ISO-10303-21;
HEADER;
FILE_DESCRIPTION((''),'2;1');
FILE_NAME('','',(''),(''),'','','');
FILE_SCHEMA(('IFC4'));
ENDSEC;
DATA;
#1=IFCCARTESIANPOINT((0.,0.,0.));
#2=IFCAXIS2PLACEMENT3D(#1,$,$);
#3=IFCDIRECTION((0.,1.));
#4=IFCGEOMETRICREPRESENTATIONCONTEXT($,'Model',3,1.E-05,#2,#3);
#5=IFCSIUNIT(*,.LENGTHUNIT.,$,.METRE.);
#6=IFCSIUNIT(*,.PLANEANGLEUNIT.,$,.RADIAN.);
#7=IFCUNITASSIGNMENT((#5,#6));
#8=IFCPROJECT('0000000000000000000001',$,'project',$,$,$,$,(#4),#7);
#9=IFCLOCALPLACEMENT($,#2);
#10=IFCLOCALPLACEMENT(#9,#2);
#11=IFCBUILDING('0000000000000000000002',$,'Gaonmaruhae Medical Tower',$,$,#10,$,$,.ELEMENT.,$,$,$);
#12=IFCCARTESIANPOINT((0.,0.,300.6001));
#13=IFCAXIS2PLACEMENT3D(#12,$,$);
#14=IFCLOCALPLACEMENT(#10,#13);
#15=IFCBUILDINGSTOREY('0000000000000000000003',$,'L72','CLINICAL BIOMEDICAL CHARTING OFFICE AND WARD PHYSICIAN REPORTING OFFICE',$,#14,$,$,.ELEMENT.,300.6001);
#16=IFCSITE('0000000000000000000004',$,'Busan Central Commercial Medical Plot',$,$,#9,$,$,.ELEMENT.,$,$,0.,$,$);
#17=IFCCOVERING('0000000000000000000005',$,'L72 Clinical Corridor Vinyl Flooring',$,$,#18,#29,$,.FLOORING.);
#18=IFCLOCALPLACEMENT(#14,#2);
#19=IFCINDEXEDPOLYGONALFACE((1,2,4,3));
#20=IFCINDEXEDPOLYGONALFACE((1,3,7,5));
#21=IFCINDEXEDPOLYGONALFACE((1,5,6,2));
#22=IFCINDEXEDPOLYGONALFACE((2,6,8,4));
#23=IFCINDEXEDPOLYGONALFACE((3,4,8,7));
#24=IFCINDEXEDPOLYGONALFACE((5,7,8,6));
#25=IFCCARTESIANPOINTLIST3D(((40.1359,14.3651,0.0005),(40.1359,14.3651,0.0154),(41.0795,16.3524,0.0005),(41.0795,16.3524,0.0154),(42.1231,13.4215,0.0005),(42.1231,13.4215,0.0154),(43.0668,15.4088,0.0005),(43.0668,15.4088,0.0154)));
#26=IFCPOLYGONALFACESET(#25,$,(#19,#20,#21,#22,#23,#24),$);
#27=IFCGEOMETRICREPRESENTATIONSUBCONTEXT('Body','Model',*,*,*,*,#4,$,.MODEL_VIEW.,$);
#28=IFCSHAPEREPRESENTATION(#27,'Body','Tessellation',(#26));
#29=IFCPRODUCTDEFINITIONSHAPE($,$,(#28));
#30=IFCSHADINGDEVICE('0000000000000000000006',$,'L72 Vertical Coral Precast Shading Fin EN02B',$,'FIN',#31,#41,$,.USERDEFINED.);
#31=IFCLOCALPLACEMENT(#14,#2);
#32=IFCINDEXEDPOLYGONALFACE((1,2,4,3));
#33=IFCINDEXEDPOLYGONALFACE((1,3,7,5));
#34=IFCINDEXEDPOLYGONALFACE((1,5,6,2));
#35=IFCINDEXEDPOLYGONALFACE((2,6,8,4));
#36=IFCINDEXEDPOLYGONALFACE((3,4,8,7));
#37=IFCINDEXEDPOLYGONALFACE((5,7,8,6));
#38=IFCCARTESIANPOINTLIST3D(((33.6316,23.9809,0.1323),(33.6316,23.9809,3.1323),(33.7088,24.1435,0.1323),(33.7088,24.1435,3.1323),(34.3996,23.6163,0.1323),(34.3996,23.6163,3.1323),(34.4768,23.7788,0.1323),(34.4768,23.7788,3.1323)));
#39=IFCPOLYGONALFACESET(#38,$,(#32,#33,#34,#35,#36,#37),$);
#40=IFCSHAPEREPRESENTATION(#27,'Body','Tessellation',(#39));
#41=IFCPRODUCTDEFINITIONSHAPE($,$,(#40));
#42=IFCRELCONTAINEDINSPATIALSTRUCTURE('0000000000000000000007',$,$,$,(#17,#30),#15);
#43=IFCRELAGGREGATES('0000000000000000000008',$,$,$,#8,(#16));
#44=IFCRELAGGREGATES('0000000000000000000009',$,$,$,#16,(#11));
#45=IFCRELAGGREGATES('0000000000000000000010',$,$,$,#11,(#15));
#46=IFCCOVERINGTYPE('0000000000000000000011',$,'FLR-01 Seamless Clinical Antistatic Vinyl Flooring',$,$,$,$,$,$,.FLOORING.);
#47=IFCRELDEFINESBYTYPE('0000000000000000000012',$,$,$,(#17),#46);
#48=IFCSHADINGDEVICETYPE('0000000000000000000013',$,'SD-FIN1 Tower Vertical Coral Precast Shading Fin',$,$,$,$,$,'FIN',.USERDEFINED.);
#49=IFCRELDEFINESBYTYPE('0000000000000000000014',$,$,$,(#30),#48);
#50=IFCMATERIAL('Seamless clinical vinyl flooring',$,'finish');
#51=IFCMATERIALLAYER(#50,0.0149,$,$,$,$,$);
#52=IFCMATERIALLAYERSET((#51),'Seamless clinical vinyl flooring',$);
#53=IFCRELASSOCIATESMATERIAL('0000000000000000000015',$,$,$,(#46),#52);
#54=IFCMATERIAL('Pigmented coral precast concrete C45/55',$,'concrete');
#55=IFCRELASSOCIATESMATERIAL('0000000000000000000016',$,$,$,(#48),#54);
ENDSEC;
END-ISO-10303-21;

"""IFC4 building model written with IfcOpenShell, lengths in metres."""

from ifc_helpers import new_model, si_unit, direction, frame, origin, origin_2d, place, context, subcontext, project, spatial, rectangle, extrude, material, layer, layer_set, type_object, element, save


model = new_model("IFC4")

# Units and contexts
model_context = context("Model", 3, precision=1e-05, world=origin(), true_north=direction((0.0, 1.0)))
body_context = subcontext(model_context, "Body", "Model", "MODEL_VIEW")
ifc_project = project(units=[si_unit("LENGTHUNIT", "METRE"), si_unit("PLANEANGLEUNIT", "RADIAN")], contexts=[model_context])

# Site, building, storey
site_placement = place(None, origin())
site = spatial("IfcSite", under=ifc_project, at=site_placement, Name="Busan Central Commercial Medical Plot", CompositionType="ELEMENT", RefElevation=0.0)
building_placement = place(site_placement, origin())
building = spatial("IfcBuilding", under=site, at=building_placement, Name="Gaonmaruhae Medical Tower", CompositionType="ELEMENT")
storey_placement = place(building_placement, frame((0.0, 0.0, 300.6001)))
storey = spatial("IfcBuildingStorey", under=building, at=storey_placement, Name="L72", Description="CLINICAL BIOMEDICAL CHARTING OFFICE AND WARD PHYSICIAN REPORTING OFFICE", CompositionType="ELEMENT", Elevation=300.6001)

# Covering
ifc_material_1 = material(Name="Seamless clinical vinyl flooring", Category="finish")
ifc_layer_1 = layer(ifc_material_1, 0.0149)
ifc_layer_set_1 = layer_set([ifc_layer_1], Name="Seamless clinical vinyl flooring")
covering_type = type_object("IfcCoveringType", Name="FLR-01 Seamless Clinical Antistatic Vinyl Flooring", PredefinedType="FLOORING", material=ifc_layer_set_1)
covering_placement = place(storey_placement, frame((41.6013, 14.887, 0.0005), z_axis=(0.0, 0.0, 1.0), x_axis=(0.428935, 0.903335, 0.0)))
element("IfcCovering", 1, at=covering_placement, inside=storey, type_object=covering_type, Name="L72 Clinical Corridor Vinyl Flooring", PredefinedType="FLOORING", context=body_context, shape_type="SweptSolid", body=[
    extrude(rectangle(XDim=2.2, YDim=2.2, at=origin_2d()), origin(), (0.0, 0.0, 1.0), 0.0149),
])

# Shading device
ifc_material_2 = material(Name="Pigmented coral precast concrete C45/55", Category="concrete")
shading_device_type = type_object("IfcShadingDeviceType", Name="SD-FIN1 Tower Vertical Coral Precast Shading Fin", ElementType="FIN", PredefinedType="USERDEFINED", material=ifc_material_2)
shading_device_placement = place(storey_placement, frame((34.0542, 23.8799, 0.1323), z_axis=(0.0, 0.0, 1.0), x_axis=(0.428935, 0.903335, 0.0)))
element("IfcShadingDevice", 2, at=shading_device_placement, inside=storey, type_object=shading_device_type, Name="L72 Vertical Coral Precast Shading Fin EN02B", ObjectType="FIN", PredefinedType="USERDEFINED", context=body_context, shape_type="SweptSolid", body=[
    extrude(rectangle(XDim=0.1799, YDim=0.8501, at=origin_2d()), origin(), (0.0, 0.0, 1.0), 3.0),
])

save(model, "model.ifc")
